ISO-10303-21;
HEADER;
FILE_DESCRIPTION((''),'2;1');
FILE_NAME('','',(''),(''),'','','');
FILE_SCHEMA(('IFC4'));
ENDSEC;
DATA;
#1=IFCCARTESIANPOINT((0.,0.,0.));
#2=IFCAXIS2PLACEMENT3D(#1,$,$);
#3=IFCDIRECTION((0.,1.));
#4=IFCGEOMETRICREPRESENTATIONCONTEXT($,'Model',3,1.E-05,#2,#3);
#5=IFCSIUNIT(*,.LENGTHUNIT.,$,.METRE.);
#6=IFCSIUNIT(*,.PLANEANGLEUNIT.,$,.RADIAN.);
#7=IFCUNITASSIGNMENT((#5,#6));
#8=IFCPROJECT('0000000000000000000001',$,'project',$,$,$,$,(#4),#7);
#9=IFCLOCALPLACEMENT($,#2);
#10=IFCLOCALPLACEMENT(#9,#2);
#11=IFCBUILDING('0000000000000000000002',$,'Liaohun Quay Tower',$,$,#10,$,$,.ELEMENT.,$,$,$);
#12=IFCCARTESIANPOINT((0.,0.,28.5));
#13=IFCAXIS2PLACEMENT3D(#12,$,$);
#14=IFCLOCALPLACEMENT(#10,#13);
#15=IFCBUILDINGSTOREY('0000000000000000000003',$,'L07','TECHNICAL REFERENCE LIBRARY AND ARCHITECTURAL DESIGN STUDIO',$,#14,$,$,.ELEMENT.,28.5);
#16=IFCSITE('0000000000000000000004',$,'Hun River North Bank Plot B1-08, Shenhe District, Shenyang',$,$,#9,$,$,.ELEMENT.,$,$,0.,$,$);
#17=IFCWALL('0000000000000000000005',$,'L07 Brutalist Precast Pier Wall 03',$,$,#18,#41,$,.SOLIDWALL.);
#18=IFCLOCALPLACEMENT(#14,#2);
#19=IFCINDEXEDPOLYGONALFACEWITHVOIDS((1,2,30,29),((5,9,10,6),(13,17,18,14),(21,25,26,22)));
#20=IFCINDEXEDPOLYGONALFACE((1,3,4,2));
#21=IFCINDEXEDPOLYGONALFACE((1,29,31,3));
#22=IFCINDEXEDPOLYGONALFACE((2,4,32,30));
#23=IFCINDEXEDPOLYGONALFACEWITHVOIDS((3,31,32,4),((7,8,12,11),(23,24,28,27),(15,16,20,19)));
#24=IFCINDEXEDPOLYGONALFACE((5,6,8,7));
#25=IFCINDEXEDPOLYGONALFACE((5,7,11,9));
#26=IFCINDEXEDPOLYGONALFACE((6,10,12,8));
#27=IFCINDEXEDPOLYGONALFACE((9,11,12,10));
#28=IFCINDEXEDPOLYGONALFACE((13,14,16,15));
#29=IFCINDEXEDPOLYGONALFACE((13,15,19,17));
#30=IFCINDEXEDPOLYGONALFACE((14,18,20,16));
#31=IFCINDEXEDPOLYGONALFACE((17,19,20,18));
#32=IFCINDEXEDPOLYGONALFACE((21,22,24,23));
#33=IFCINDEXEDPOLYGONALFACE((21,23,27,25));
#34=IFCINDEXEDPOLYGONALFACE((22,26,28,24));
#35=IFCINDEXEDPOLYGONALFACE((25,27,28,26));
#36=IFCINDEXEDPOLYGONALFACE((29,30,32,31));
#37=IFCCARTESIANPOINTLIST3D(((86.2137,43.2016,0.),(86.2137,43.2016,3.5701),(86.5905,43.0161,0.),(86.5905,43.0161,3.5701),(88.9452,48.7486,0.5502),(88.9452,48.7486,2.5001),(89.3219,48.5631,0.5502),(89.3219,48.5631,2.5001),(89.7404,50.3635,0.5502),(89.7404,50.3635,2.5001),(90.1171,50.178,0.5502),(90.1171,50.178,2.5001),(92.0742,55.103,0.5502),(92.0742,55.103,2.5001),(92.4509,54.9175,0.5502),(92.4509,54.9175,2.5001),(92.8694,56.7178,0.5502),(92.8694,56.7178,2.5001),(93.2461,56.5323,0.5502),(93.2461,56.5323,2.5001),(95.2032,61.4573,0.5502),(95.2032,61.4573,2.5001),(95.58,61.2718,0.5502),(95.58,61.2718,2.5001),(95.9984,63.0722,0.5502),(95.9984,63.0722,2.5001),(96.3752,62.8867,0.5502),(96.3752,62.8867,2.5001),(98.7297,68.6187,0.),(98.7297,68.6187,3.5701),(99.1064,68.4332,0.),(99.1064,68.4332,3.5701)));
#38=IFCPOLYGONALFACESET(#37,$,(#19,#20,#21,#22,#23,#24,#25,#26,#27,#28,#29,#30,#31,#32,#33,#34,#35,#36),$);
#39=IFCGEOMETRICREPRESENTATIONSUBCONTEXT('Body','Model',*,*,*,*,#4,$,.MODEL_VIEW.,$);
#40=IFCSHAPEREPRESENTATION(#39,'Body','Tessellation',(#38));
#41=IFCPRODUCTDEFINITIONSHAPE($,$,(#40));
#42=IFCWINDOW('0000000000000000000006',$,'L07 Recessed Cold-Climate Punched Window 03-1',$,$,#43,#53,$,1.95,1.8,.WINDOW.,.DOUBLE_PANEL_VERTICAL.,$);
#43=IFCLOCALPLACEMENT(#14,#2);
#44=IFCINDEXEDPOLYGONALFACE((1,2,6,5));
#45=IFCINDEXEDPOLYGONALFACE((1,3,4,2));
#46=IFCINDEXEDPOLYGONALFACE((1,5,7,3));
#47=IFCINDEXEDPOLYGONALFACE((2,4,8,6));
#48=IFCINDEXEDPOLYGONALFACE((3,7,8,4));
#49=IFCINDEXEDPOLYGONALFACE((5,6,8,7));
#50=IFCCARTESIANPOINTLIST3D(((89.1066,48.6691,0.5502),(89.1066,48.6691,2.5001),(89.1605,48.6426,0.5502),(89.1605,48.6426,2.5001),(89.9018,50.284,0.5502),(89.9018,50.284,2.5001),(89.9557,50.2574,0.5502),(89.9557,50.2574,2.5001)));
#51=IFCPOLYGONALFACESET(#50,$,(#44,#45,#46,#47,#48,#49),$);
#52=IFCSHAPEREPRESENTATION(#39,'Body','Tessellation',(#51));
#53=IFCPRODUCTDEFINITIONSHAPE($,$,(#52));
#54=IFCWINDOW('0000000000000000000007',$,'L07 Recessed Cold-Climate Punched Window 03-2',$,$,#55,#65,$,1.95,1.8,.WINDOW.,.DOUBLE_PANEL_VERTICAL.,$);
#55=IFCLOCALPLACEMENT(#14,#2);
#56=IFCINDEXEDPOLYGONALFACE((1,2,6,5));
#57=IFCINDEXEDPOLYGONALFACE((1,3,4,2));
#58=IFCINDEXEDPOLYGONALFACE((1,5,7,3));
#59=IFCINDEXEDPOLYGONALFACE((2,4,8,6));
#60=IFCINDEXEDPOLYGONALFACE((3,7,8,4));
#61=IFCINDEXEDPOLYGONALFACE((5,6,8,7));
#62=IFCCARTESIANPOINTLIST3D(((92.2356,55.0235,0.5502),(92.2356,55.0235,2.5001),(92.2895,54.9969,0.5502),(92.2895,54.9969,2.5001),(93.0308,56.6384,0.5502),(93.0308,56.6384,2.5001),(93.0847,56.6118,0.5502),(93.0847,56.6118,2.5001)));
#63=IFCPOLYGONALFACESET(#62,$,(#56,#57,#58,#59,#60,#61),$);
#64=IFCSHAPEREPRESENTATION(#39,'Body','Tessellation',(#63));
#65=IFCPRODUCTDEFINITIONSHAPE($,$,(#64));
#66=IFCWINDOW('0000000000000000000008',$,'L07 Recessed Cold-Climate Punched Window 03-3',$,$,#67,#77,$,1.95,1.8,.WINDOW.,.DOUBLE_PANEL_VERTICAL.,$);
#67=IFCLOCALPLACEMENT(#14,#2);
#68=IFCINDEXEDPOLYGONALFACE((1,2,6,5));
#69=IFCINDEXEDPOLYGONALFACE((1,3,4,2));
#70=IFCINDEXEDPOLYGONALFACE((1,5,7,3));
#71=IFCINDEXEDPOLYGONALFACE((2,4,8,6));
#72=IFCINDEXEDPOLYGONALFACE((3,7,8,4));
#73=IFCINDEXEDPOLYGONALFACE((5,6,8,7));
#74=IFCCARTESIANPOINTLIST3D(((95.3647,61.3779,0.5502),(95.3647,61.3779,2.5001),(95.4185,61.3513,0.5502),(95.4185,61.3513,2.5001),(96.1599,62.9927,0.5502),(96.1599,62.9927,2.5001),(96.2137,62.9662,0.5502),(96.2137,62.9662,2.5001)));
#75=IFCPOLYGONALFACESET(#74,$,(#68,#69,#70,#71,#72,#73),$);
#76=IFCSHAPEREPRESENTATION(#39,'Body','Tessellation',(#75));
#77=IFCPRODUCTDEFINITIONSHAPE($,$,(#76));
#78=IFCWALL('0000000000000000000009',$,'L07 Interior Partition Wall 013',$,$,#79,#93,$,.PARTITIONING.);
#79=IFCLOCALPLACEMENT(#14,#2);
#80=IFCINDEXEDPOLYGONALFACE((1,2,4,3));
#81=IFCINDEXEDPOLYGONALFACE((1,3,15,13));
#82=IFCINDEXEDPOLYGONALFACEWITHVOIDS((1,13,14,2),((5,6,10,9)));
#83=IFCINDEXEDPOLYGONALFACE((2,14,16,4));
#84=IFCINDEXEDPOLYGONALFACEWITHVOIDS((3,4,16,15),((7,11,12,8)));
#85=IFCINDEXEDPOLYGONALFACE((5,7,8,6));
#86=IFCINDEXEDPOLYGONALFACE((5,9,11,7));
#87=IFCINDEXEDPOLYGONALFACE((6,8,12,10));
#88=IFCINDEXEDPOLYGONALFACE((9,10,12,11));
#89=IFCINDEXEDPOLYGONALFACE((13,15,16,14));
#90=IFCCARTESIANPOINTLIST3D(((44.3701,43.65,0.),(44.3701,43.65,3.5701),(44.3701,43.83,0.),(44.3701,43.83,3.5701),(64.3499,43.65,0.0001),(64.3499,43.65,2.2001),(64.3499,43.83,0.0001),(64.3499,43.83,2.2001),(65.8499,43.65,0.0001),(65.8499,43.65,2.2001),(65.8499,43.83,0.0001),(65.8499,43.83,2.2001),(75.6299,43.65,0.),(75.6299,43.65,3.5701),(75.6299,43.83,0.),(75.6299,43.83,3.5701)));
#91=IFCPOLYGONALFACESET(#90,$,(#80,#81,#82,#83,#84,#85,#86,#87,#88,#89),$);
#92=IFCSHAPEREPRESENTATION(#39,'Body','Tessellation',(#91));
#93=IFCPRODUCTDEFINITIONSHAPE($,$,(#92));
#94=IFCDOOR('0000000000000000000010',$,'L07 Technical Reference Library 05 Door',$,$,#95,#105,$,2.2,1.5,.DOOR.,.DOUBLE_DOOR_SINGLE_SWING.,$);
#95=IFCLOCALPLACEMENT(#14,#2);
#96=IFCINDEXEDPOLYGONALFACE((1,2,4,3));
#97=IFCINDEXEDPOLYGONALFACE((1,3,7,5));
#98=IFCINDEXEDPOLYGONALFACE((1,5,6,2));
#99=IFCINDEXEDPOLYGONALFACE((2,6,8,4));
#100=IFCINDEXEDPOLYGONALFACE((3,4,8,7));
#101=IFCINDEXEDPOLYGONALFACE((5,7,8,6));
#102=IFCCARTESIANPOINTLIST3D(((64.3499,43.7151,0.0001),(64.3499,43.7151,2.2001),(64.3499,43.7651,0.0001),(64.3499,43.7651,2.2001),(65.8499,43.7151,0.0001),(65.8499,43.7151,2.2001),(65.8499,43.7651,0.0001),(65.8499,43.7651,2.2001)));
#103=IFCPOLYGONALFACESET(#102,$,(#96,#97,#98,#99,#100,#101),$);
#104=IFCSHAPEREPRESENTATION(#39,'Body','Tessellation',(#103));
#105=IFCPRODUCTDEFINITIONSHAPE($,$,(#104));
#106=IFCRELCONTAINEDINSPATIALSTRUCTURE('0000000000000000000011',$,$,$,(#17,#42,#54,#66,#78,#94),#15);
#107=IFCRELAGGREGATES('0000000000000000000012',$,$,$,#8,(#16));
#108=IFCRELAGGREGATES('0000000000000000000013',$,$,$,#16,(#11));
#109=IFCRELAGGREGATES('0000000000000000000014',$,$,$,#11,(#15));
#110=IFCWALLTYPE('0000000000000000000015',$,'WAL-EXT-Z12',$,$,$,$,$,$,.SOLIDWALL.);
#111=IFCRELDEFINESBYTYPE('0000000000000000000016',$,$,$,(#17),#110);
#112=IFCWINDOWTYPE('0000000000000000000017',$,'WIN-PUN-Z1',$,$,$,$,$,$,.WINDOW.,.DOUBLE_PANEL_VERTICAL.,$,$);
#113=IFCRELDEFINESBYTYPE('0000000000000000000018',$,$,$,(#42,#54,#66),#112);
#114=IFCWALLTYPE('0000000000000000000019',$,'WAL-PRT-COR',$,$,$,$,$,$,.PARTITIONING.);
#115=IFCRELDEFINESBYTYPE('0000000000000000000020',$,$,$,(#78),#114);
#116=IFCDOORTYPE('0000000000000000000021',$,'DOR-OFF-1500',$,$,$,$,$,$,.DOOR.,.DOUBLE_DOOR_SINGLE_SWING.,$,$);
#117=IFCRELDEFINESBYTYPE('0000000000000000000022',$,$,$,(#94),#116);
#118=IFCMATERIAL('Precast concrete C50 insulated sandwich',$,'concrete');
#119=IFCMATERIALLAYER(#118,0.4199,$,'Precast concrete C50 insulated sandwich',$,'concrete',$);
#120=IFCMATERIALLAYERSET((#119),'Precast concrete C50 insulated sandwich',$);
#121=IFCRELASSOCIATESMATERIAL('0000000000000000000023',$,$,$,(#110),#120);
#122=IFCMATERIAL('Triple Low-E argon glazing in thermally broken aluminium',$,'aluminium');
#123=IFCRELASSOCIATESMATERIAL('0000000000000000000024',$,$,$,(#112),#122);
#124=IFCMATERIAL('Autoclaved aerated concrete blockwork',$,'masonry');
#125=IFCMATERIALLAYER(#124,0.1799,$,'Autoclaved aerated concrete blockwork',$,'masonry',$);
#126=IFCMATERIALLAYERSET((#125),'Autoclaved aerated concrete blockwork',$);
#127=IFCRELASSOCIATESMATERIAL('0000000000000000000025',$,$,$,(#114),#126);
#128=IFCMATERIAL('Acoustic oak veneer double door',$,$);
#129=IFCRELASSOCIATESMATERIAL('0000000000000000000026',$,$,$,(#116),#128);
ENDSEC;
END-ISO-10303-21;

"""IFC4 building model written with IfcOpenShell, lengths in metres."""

from ifc_helpers import new_model, si_unit, direction, frame, frame_2d, origin, place, context, subcontext, project, spatial, rectangle, extrude, source, transform, mapped, material, layer, layer_set, type_object, element, fill, save


model = new_model("IFC4")

# Units and contexts
model_context = context("Model", 3, precision=1e-05, world=origin(), true_north=direction((0.0, 1.0)))
body_context = subcontext(model_context, "Body", "Model", "MODEL_VIEW")
ifc_project = project(units=[si_unit("LENGTHUNIT", "METRE"), si_unit("PLANEANGLEUNIT", "RADIAN")], contexts=[model_context])

# Site, building, storey
site_placement = place(None, origin())
site = spatial("IfcSite", under=ifc_project, at=site_placement, Name="Hun River North Bank Plot B1-08, Shenhe District, Shenyang", CompositionType="ELEMENT", RefElevation=0.0)
building_placement = place(site_placement, origin())
building = spatial("IfcBuilding", under=site, at=building_placement, Name="Liaohun Quay Tower", CompositionType="ELEMENT")
storey_placement = place(building_placement, frame((0.0, 0.0, 28.5)))
storey = spatial("IfcBuildingStorey", under=building, at=storey_placement, Name="L07", Description="TECHNICAL REFERENCE LIBRARY AND ARCHITECTURAL DESIGN STUDIO", CompositionType="ELEMENT", Elevation=28.5)

# Shared definitions
ifc_material_1 = material(Name="Precast concrete C50 insulated sandwich", Category="concrete")
ifc_layer_1 = layer(ifc_material_1, 0.4199, Name="Precast concrete C50 insulated sandwich", Category="concrete")
ifc_layer_set_1 = layer_set([ifc_layer_1], Name="Precast concrete C50 insulated sandwich")
wall_type_1 = type_object("IfcWallType", Name="WAL-EXT-Z12", PredefinedType="SOLIDWALL", material=ifc_layer_set_1)

# Wall, openings, windows
shared_shape_1 = source(origin(), body_context, "Body", "SweptSolid", [
    extrude(rectangle(XDim=1.8, YDim=1.95, at=frame_2d((0.8999, 0.9751))), frame((0.0, 0.22, 0.0), z_axis=(0.0, -1.0, 0.0), x_axis=(1.0, 0.0, 0.0)), (0.0, 0.0, 1.0), 0.4399),
])
ifc_material_2 = material(Name="Triple Low-E argon glazing in thermally broken aluminium", Category="aluminium")
window_type_1 = type_object("IfcWindowType", Name="WIN-PUN-Z1", PartitioningType="DOUBLE_PANEL_VERTICAL", PredefinedType="WINDOW", material=ifc_material_2)
shared_shape_2 = source(origin(), body_context, "Body", "SweptSolid", [
    extrude(rectangle(XDim=1.8, YDim=1.95, at=frame_2d((0.8999, 0.9751))), frame((0.0, 0.03, 0.0), z_axis=(0.0, -1.0, 0.0), x_axis=(1.0, 0.0, 0.0)), (0.0, 0.0, 1.0), 0.0601),
])
wall_1_placement = place(storey_placement, frame((86.4021, 43.1089, 0.0), z_axis=(0.0, 0.0, 1.0), x_axis=(0.441766, 0.89713, 0.0)))
wall_1 = element("IfcWall", 1, at=wall_1_placement, inside=storey, type_object=wall_type_1, Name="L07 Brutalist Precast Pier Wall 03", PredefinedType="SOLIDWALL", context=body_context, shape_type="SweptSolid", body=[
    extrude(rectangle(XDim=28.3315, YDim=0.4199, at=frame_2d((14.1658, 0.0))), origin(), (0.0, 0.0, 1.0), 3.5701),
])
opening_1_placement = place(wall_1_placement, frame((6.1831, 0.0, 0.55)))
opening_1 = element("IfcOpeningElement", 2, at=opening_1_placement, cuts=wall_1, PredefinedType="OPENING", context=body_context, shape_type="MappedRepresentation", body=[
    mapped(shared_shape_1, transform((0.0, 0.0, 0.0), x_axis=(1.0, 0.0, 0.0), y_axis=(0.0, 1.0, 0.0), z_axis=(0.0, 0.0, 1.0), scale=1.0)),
])
opening_2_placement = place(wall_1_placement, frame((13.2661, 0.0, 0.55)))
opening_2 = element("IfcOpeningElement", 3, at=opening_2_placement, cuts=wall_1, PredefinedType="OPENING", context=body_context, shape_type="MappedRepresentation", body=[
    mapped(shared_shape_1, transform((0.0, 0.0, 0.0), x_axis=(1.0, 0.0, 0.0), y_axis=(0.0, 1.0, 0.0), z_axis=(0.0, 0.0, 1.0), scale=1.0)),
])
opening_3_placement = place(wall_1_placement, frame((20.3491, 0.0, 0.55)))
opening_3 = element("IfcOpeningElement", 4, at=opening_3_placement, cuts=wall_1, PredefinedType="OPENING", context=body_context, shape_type="MappedRepresentation", body=[
    mapped(shared_shape_1, transform((0.0, 0.0, 0.0), x_axis=(1.0, 0.0, 0.0), y_axis=(0.0, 1.0, 0.0), z_axis=(0.0, 0.0, 1.0), scale=1.0)),
])
window_1_placement = place(opening_1_placement, origin())
window_1 = element("IfcWindow", 5, at=window_1_placement, inside=storey, type_object=window_type_1, Name="L07 Recessed Cold-Climate Punched Window 03-1", OverallHeight=1.95, OverallWidth=1.8, PartitioningType="DOUBLE_PANEL_VERTICAL", PredefinedType="WINDOW", context=body_context, shape_type="MappedRepresentation", body=[
    mapped(shared_shape_2, transform((0.0, 0.0, 0.0), x_axis=(1.0, 0.0, 0.0), y_axis=(0.0, 1.0, 0.0), z_axis=(0.0, 0.0, 1.0), scale=1.0)),
])
fill(opening_1, window_1)
window_2_placement = place(opening_2_placement, origin())
window_2 = element("IfcWindow", 6, at=window_2_placement, inside=storey, type_object=window_type_1, Name="L07 Recessed Cold-Climate Punched Window 03-2", OverallHeight=1.95, OverallWidth=1.8, PartitioningType="DOUBLE_PANEL_VERTICAL", PredefinedType="WINDOW", context=body_context, shape_type="MappedRepresentation", body=[
    mapped(shared_shape_2, transform((0.0, 0.0, 0.0), x_axis=(1.0, 0.0, 0.0), y_axis=(0.0, 1.0, 0.0), z_axis=(0.0, 0.0, 1.0), scale=1.0)),
])
fill(opening_2, window_2)
window_3_placement = place(opening_3_placement, origin())
window_3 = element("IfcWindow", 7, at=window_3_placement, inside=storey, type_object=window_type_1, Name="L07 Recessed Cold-Climate Punched Window 03-3", OverallHeight=1.95, OverallWidth=1.8, PartitioningType="DOUBLE_PANEL_VERTICAL", PredefinedType="WINDOW", context=body_context, shape_type="MappedRepresentation", body=[
    mapped(shared_shape_2, transform((0.0, 0.0, 0.0), x_axis=(1.0, 0.0, 0.0), y_axis=(0.0, 1.0, 0.0), z_axis=(0.0, 0.0, 1.0), scale=1.0)),
])
fill(opening_3, window_3)

# Wall, opening, door
ifc_material_3 = material(Name="Autoclaved aerated concrete blockwork", Category="masonry")
ifc_layer_2 = layer(ifc_material_3, 0.1799, Name="Autoclaved aerated concrete blockwork", Category="masonry")
ifc_layer_set_2 = layer_set([ifc_layer_2], Name="Autoclaved aerated concrete blockwork")
wall_type_2 = type_object("IfcWallType", Name="WAL-PRT-COR", PredefinedType="PARTITIONING", material=ifc_layer_set_2)
wall_2_placement = place(storey_placement, frame((75.6299, 43.74, 0.0), z_axis=(0.0, 0.0, 1.0), x_axis=(-1.0, 0.0, 0.0)))
wall_2 = element("IfcWall", 8, at=wall_2_placement, inside=storey, type_object=wall_type_2, Name="L07 Interior Partition Wall 013", PredefinedType="PARTITIONING", context=body_context, shape_type="SweptSolid", body=[
    extrude(rectangle(XDim=31.2598, YDim=0.1799, at=frame_2d((15.6299, 0.0))), origin(), (0.0, 0.0, 1.0), 3.5701),
])
shared_shape_3 = source(origin(), body_context, "Body", "SweptSolid", [
    extrude(rectangle(XDim=1.5, YDim=2.2, at=frame_2d((0.75, 1.1001))), frame((0.0, 0.0999, 0.0), z_axis=(0.0, -1.0, 0.0), x_axis=(1.0, 0.0, 0.0)), (0.0, 0.0, 1.0), 0.2),
])
opening_4_placement = place(wall_2_placement, frame((9.78, 0.0, 0.0)))
opening_4 = element("IfcOpeningElement", 9, at=opening_4_placement, cuts=wall_2, PredefinedType="OPENING", context=body_context, shape_type="MappedRepresentation", body=[
    mapped(shared_shape_3, transform((0.0, 0.0, 0.0), x_axis=(1.0, 0.0, 0.0), y_axis=(0.0, 1.0, 0.0), z_axis=(0.0, 0.0, 1.0), scale=1.0)),
])
ifc_material_4 = material(Name="Acoustic oak veneer double door")
door_type = type_object("IfcDoorType", Name="DOR-OFF-1500", OperationType="DOUBLE_DOOR_SINGLE_SWING", PredefinedType="DOOR", material=ifc_material_4)
shared_shape_4 = source(origin(), body_context, "Body", "SweptSolid", [
    extrude(rectangle(XDim=1.5, YDim=2.2, at=frame_2d((0.75, 1.1001))), frame((0.0, 0.0249, 0.0), z_axis=(0.0, -1.0, 0.0), x_axis=(1.0, 0.0, 0.0)), (0.0, 0.0, 1.0), 0.05),
])
door_placement = place(opening_4_placement, origin())
door = element("IfcDoor", 10, at=door_placement, inside=storey, type_object=door_type, Name="L07 Technical Reference Library 05 Door", OperationType="DOUBLE_DOOR_SINGLE_SWING", OverallHeight=2.2, OverallWidth=1.5, PredefinedType="DOOR", context=body_context, shape_type="MappedRepresentation", body=[
    mapped(shared_shape_4, transform((0.0, 0.0, 0.0), x_axis=(1.0, 0.0, 0.0), y_axis=(0.0, 1.0, 0.0), z_axis=(0.0, 0.0, 1.0), scale=1.0)),
])
fill(opening_4, door)

save(model, "model.ifc")
